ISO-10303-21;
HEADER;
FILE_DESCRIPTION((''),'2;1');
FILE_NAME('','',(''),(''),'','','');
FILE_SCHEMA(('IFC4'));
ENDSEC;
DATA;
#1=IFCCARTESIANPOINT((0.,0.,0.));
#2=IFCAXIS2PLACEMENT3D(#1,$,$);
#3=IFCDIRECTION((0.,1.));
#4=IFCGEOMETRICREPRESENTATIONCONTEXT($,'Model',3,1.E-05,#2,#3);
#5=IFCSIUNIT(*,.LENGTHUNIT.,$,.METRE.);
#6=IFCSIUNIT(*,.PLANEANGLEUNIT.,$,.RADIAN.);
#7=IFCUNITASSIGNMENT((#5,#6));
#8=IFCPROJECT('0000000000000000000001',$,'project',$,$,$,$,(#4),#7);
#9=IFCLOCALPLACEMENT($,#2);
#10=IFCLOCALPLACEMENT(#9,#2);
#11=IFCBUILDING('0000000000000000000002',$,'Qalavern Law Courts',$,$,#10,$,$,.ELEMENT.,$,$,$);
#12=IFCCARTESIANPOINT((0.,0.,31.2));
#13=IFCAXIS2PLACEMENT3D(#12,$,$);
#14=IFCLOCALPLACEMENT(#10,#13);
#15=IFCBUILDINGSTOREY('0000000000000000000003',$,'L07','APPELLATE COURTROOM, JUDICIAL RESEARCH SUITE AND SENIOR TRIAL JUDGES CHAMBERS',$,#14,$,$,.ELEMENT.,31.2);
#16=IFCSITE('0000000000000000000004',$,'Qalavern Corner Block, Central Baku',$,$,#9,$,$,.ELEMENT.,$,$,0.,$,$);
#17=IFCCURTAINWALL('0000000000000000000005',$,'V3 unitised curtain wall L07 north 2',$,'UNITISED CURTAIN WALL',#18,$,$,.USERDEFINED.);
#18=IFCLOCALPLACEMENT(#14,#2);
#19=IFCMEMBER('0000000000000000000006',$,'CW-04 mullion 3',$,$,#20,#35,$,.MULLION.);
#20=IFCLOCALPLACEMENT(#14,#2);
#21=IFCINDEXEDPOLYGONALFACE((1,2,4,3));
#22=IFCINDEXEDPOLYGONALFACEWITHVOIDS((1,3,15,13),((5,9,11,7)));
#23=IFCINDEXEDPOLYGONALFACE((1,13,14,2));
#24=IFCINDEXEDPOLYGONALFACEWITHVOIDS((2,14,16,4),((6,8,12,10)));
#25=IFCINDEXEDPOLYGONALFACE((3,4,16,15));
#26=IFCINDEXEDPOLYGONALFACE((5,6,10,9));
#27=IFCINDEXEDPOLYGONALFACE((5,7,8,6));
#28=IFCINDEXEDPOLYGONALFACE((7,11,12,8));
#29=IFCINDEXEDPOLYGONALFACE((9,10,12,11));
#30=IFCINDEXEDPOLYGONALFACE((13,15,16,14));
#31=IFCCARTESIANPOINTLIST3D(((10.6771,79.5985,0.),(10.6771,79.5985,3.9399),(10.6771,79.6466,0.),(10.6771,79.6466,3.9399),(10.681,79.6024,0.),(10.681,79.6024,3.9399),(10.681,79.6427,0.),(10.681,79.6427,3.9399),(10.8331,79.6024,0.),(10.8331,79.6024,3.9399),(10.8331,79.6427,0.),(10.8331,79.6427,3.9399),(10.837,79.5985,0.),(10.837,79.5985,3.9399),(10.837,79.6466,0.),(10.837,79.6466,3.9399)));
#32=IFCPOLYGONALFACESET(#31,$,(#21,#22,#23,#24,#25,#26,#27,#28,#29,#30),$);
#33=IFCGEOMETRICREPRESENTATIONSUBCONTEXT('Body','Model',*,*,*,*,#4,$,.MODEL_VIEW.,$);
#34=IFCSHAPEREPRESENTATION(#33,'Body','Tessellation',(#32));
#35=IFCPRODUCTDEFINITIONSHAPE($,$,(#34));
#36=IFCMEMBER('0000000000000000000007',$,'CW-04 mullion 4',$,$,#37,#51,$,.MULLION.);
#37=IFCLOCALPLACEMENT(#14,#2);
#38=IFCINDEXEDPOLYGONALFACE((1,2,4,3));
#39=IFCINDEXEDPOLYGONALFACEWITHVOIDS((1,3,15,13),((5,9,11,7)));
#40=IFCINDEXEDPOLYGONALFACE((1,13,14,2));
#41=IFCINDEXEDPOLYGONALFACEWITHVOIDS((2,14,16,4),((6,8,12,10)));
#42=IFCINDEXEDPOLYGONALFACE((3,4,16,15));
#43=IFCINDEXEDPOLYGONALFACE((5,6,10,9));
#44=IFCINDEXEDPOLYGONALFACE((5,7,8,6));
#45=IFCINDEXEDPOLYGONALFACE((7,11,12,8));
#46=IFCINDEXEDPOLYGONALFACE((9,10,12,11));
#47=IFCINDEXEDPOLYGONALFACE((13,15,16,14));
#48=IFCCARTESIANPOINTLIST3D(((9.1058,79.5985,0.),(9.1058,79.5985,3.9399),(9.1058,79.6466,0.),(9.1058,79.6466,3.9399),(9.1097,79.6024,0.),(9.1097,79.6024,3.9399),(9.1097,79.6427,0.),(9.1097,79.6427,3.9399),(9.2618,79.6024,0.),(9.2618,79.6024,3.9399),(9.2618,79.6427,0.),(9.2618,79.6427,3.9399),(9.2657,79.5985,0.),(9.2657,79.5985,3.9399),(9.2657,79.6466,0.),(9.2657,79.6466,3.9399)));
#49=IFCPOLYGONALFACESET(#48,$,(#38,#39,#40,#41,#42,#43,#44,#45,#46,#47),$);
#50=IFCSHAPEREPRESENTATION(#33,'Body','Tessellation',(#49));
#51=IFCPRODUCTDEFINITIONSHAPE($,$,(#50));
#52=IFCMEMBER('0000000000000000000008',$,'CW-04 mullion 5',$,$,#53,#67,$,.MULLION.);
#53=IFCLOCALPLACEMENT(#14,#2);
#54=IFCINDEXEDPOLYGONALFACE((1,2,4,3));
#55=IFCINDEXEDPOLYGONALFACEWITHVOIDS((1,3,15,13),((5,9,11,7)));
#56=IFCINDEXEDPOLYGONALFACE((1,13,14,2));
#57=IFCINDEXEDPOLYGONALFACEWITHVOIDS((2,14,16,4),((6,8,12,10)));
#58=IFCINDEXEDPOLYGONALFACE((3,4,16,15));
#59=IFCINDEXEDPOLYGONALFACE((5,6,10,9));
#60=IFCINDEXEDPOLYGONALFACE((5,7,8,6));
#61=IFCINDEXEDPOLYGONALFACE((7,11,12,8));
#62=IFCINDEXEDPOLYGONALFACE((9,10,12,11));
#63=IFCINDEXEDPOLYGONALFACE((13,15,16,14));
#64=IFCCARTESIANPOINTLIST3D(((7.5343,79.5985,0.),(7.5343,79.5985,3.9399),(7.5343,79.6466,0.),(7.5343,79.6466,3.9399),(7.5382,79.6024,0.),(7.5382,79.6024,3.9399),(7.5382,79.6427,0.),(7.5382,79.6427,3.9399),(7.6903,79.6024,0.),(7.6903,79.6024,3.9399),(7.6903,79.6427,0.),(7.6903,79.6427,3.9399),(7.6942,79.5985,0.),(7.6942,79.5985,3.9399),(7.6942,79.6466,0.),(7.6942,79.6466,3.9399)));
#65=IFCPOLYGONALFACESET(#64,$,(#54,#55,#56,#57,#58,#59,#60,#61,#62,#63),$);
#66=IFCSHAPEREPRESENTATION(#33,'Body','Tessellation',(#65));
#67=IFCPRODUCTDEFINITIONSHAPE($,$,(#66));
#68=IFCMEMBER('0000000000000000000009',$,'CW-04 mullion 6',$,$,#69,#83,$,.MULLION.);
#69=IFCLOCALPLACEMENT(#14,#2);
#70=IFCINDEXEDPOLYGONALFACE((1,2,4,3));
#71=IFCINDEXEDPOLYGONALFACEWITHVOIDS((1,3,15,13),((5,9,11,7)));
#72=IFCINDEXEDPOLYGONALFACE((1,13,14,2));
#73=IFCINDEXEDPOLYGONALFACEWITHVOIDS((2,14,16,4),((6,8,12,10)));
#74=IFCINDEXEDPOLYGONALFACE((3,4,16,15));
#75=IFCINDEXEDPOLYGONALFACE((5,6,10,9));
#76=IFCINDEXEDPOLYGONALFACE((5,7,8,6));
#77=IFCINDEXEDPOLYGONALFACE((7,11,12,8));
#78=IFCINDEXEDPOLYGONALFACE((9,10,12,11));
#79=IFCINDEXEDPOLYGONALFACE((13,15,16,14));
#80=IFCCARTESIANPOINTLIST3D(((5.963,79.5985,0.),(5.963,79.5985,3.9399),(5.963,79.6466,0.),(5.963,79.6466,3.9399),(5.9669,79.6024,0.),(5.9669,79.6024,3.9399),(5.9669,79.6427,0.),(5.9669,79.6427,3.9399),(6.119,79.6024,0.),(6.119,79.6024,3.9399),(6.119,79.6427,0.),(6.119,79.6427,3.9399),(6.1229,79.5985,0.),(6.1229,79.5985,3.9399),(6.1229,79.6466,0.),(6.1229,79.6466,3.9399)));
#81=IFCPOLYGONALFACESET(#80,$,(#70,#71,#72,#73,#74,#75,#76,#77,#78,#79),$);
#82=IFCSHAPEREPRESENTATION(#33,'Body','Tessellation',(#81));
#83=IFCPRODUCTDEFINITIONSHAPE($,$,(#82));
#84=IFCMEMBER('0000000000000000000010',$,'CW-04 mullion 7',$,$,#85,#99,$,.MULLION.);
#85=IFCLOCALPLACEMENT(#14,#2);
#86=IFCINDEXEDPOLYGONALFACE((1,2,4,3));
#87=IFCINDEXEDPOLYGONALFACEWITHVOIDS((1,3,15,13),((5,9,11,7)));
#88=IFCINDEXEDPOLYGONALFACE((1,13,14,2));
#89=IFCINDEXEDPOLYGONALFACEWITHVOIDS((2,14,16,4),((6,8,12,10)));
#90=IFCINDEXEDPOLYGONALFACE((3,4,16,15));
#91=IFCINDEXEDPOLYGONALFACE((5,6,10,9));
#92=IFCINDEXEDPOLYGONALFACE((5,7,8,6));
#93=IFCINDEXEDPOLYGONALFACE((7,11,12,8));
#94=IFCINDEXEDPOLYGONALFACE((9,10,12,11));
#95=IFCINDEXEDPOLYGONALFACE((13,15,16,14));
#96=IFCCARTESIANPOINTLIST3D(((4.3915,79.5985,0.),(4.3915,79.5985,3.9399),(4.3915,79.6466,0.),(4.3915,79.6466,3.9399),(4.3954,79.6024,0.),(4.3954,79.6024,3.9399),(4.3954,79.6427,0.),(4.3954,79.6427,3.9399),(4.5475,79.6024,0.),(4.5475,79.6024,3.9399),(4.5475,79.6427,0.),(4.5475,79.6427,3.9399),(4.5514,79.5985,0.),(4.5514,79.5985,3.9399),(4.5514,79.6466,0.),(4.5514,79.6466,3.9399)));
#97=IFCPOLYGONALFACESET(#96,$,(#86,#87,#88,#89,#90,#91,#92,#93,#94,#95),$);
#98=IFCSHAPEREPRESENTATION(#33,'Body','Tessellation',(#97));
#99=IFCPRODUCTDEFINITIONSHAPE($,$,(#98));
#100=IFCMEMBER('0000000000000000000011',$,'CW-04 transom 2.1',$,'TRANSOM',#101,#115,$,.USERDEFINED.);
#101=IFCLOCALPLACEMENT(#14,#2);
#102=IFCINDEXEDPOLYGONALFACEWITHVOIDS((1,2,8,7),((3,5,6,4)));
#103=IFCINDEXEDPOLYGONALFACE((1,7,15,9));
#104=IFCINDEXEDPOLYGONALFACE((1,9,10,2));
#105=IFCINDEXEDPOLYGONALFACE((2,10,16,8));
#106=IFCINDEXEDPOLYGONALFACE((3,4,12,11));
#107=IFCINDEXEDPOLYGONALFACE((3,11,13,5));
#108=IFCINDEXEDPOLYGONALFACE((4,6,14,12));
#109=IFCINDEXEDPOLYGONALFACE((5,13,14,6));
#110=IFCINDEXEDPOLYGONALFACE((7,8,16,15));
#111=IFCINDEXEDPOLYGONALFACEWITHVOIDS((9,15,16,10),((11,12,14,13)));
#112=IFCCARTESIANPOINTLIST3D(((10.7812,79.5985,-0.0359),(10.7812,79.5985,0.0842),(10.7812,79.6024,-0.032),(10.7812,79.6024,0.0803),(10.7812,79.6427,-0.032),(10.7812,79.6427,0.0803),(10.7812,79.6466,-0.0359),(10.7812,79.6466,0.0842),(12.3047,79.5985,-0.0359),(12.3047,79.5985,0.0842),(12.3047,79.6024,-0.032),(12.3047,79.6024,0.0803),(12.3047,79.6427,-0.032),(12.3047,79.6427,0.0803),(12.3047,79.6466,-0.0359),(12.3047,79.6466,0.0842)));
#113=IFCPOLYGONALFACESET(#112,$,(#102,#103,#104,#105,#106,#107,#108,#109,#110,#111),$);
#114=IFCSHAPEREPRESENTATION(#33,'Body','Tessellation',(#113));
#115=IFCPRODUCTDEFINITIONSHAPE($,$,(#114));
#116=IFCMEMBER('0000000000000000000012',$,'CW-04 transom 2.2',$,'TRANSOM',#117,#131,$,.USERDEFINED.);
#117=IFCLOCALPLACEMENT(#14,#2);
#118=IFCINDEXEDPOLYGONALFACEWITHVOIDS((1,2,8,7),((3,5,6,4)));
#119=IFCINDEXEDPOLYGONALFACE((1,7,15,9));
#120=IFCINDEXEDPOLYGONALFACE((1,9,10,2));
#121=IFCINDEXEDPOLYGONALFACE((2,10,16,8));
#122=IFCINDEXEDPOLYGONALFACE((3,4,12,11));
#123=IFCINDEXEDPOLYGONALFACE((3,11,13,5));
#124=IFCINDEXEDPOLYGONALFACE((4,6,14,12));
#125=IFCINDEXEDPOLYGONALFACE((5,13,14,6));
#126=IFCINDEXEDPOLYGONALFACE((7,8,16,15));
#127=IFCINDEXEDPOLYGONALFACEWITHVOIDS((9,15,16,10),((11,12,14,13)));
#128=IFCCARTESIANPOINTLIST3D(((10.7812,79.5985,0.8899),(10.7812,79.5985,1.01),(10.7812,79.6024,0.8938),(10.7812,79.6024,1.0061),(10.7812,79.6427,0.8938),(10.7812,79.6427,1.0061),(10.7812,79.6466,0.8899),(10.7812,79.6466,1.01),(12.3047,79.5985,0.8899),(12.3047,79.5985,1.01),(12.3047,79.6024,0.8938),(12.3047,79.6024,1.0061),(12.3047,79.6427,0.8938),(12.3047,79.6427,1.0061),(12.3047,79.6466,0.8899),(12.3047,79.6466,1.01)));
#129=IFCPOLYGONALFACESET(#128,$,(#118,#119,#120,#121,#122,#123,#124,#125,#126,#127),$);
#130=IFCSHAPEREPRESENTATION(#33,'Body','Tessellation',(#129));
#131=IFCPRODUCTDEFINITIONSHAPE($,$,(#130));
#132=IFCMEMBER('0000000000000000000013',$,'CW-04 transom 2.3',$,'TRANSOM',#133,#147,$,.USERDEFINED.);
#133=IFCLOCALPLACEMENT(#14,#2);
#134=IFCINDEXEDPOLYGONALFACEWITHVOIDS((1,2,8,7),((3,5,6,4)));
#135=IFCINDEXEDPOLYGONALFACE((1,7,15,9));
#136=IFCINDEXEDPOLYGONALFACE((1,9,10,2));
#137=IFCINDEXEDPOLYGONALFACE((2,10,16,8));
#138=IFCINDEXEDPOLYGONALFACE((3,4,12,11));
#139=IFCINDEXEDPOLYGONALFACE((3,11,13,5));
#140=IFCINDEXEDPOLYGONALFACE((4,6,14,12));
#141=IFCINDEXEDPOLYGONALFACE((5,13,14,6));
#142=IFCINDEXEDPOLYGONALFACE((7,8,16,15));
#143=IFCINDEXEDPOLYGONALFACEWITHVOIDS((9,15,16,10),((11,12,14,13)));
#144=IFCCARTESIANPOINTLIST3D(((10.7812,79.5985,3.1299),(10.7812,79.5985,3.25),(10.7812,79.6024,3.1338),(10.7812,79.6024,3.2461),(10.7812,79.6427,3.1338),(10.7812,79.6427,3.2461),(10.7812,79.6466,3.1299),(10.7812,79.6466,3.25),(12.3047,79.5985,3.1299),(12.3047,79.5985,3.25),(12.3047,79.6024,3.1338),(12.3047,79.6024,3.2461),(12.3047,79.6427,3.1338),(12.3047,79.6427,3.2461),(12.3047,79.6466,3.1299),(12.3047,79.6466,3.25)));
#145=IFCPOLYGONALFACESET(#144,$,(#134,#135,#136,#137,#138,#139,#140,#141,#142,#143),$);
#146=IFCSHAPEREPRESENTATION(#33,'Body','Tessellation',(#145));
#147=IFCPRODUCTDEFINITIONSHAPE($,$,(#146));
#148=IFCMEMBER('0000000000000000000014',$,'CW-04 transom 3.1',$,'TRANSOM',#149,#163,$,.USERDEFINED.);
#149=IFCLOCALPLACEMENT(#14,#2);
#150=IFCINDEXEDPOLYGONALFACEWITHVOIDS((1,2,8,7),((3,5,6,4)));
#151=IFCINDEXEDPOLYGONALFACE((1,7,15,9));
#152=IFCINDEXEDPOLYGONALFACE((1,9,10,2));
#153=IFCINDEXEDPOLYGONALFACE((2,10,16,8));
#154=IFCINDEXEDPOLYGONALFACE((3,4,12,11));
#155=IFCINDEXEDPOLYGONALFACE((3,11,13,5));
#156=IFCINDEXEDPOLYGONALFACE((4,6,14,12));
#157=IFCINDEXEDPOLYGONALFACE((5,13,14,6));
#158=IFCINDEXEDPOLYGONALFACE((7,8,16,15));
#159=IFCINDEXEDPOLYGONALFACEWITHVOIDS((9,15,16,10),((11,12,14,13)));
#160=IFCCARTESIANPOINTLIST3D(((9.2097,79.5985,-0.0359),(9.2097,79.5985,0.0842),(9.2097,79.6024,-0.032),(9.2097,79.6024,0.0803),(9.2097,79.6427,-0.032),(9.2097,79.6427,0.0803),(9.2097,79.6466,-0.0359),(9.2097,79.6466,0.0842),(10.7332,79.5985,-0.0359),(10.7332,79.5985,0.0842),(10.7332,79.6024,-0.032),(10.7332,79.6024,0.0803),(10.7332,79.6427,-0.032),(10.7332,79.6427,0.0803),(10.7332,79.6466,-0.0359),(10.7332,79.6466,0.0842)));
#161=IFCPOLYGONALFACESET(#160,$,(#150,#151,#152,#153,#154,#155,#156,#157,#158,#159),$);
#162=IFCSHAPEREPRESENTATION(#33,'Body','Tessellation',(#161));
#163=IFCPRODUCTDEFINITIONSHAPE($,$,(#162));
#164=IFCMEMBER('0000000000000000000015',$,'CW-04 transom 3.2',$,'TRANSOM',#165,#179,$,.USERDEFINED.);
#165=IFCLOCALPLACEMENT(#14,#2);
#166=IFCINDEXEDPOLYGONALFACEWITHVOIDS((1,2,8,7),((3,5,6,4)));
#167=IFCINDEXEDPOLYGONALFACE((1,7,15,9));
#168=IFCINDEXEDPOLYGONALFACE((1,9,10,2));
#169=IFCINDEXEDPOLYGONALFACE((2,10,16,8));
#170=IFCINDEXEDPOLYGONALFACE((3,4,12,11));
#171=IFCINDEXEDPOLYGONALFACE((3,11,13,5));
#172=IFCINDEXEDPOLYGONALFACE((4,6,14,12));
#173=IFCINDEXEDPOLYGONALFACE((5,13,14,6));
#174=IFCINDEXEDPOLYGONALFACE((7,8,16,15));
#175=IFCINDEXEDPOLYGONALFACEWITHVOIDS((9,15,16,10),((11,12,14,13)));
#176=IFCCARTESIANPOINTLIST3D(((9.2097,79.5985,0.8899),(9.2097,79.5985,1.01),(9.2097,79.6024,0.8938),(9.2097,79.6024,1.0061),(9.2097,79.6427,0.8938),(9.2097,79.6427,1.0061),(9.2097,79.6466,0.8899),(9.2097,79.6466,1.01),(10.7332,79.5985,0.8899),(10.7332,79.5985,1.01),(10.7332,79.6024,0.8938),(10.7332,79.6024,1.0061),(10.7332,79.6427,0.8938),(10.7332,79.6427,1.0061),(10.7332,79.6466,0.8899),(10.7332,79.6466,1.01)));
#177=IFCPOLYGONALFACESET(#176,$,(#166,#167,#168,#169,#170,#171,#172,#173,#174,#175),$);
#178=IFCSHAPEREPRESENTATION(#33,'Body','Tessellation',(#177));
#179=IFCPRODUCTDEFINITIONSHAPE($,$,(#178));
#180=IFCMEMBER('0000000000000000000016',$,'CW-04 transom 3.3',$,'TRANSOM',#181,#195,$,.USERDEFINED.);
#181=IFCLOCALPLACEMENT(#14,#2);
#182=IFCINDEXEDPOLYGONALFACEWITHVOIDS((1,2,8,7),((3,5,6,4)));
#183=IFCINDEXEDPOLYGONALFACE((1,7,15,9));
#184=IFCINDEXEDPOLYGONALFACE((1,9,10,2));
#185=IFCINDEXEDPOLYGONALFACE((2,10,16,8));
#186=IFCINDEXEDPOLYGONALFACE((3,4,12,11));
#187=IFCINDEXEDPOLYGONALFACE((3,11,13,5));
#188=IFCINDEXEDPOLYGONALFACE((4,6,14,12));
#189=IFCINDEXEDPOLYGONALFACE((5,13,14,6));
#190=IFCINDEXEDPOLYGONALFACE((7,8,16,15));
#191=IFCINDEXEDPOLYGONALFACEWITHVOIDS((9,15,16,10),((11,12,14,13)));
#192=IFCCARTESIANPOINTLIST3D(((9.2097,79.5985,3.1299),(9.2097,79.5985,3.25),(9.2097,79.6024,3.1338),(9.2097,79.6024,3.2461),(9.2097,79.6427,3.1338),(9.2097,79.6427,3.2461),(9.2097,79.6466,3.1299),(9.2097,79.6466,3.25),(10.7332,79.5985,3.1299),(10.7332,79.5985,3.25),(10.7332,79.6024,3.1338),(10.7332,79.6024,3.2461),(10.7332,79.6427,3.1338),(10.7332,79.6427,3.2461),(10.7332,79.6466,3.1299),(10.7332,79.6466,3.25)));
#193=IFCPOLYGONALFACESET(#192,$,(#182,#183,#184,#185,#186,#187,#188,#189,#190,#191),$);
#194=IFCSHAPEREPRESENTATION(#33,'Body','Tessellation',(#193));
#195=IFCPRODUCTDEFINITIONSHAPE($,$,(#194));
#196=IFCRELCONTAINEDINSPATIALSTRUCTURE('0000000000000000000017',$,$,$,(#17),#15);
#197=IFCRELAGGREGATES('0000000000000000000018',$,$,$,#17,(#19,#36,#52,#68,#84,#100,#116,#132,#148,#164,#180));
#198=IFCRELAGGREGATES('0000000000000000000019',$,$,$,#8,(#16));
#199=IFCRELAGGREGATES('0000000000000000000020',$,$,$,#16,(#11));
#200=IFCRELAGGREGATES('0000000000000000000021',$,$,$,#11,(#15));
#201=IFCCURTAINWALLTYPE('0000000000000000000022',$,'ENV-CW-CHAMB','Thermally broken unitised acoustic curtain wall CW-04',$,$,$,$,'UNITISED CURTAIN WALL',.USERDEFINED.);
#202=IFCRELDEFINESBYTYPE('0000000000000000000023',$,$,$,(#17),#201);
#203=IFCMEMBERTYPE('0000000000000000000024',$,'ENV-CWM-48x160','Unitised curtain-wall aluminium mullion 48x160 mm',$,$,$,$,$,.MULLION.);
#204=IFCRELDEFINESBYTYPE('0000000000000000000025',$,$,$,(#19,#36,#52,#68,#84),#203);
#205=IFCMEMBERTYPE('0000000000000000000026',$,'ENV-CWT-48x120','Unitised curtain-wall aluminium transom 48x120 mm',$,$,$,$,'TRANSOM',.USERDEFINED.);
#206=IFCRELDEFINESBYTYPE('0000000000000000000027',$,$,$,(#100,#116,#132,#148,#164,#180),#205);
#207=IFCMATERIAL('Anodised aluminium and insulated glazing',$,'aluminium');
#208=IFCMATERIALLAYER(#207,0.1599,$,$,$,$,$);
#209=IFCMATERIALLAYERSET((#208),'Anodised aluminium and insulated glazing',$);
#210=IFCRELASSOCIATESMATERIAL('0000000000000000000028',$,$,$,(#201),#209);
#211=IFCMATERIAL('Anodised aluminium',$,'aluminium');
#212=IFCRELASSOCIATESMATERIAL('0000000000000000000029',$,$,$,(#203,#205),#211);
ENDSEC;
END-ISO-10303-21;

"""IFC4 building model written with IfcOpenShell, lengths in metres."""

from ifc_helpers import new_model, si_unit, direction, frame, origin, origin_2d, place, context, subcontext, project, spatial, hollow_rectangle, extrude, material, layer, layer_set, material_profile, profile_set, type_object, element, aggregate, save


model = new_model("IFC4")

# Units and contexts
model_context = context("Model", 3, precision=1e-05, world=origin(), true_north=direction((0.0, 1.0)))
body_context = subcontext(model_context, "Body", "Model", "MODEL_VIEW")
ifc_project = project(units=[si_unit("LENGTHUNIT", "METRE"), si_unit("PLANEANGLEUNIT", "RADIAN")], contexts=[model_context])

# Site, building, storey
site_placement = place(None, origin())
site = spatial("IfcSite", under=ifc_project, at=site_placement, Name="Qalavern Corner Block, Central Baku", CompositionType="ELEMENT", RefElevation=0.0)
building_placement = place(site_placement, origin())
building = spatial("IfcBuilding", under=site, at=building_placement, Name="Qalavern Law Courts", CompositionType="ELEMENT")
storey_placement = place(building_placement, frame((0.0, 0.0, 31.2)))
storey = spatial("IfcBuildingStorey", under=building, at=storey_placement, Name="L07", Description="APPELLATE COURTROOM, JUDICIAL RESEARCH SUITE AND SENIOR TRIAL JUDGES CHAMBERS", CompositionType="ELEMENT", Elevation=31.2)

# Curtain wall, members
ifc_material_1 = material(Name="Anodised aluminium and insulated glazing", Category="aluminium")
ifc_layer_1 = layer(ifc_material_1, 0.1599)
ifc_layer_set_1 = layer_set([ifc_layer_1], Name="Anodised aluminium and insulated glazing")
curtain_wall_type = type_object("IfcCurtainWallType", Name="ENV-CW-CHAMB", Description="Thermally broken unitised acoustic curtain wall CW-04", ElementType="UNITISED CURTAIN WALL", PredefinedType="USERDEFINED", material=ifc_layer_set_1)
curtain_wall_placement = place(storey_placement, origin())
curtain_wall = element("IfcCurtainWall", 1, at=curtain_wall_placement, inside=storey, type_object=curtain_wall_type, Name="V3 unitised curtain wall L07 north 2", ObjectType="UNITISED CURTAIN WALL", PredefinedType="USERDEFINED")
ifc_material_2 = material(Name="Anodised aluminium", Category="aluminium")
ifc_material_profile_1 = material_profile(ifc_material_2, hollow_rectangle(XDim=0.0481, YDim=0.1599, WallThickness=0.0039, at=origin_2d()), Name="ALU MULLION 48x160")
ifc_profile_set_1 = profile_set([ifc_material_profile_1], Name="Anodised aluminium")
member_type_1 = type_object("IfcMemberType", Name="ENV-CWM-48x160", Description="Unitised curtain-wall aluminium mullion 48x160 mm", PredefinedType="MULLION", material=ifc_profile_set_1)
member_1_placement = place(storey_placement, frame((10.7571, 79.6226, 0.0), z_axis=(0.0, 0.0, 1.0), x_axis=(0.0, -1.0, 0.0)))
member_1 = element("IfcMember", 2, at=member_1_placement, type_object=member_type_1, Name="CW-04 mullion 3", PredefinedType="MULLION", context=body_context, shape_type="SweptSolid", body=[
    extrude(hollow_rectangle(XDim=0.0481, YDim=0.1599, WallThickness=0.0039, at=origin_2d()), origin(), (0.0, 0.0, 1.0), 3.9399),
])
member_2_placement = place(storey_placement, frame((9.1858, 79.6226, 0.0), z_axis=(0.0, 0.0, 1.0), x_axis=(0.0, -1.0, 0.0)))
member_2 = element("IfcMember", 3, at=member_2_placement, type_object=member_type_1, Name="CW-04 mullion 4", PredefinedType="MULLION", context=body_context, shape_type="SweptSolid", body=[
    extrude(hollow_rectangle(XDim=0.0481, YDim=0.1599, WallThickness=0.0039, at=origin_2d()), origin(), (0.0, 0.0, 1.0), 3.9399),
])
member_3_placement = place(storey_placement, frame((7.6143, 79.6226, 0.0), z_axis=(0.0, 0.0, 1.0), x_axis=(0.0, -1.0, 0.0)))
member_3 = element("IfcMember", 4, at=member_3_placement, type_object=member_type_1, Name="CW-04 mullion 5", PredefinedType="MULLION", context=body_context, shape_type="SweptSolid", body=[
    extrude(hollow_rectangle(XDim=0.0481, YDim=0.1599, WallThickness=0.0039, at=origin_2d()), origin(), (0.0, 0.0, 1.0), 3.9399),
])
member_4_placement = place(storey_placement, frame((6.043, 79.6226, 0.0), z_axis=(0.0, 0.0, 1.0), x_axis=(0.0, -1.0, 0.0)))
member_4 = element("IfcMember", 5, at=member_4_placement, type_object=member_type_1, Name="CW-04 mullion 6", PredefinedType="MULLION", context=body_context, shape_type="SweptSolid", body=[
    extrude(hollow_rectangle(XDim=0.0481, YDim=0.1599, WallThickness=0.0039, at=origin_2d()), origin(), (0.0, 0.0, 1.0), 3.9399),
])
member_5_placement = place(storey_placement, frame((4.4714, 79.6226, 0.0), z_axis=(0.0, 0.0, 1.0), x_axis=(0.0, -1.0, 0.0)))
member_5 = element("IfcMember", 6, at=member_5_placement, type_object=member_type_1, Name="CW-04 mullion 7", PredefinedType="MULLION", context=body_context, shape_type="SweptSolid", body=[
    extrude(hollow_rectangle(XDim=0.0481, YDim=0.1599, WallThickness=0.0039, at=origin_2d()), origin(), (0.0, 0.0, 1.0), 3.9399),
])
ifc_material_profile_2 = material_profile(ifc_material_2, hollow_rectangle(XDim=0.0481, YDim=0.1201, WallThickness=0.0039, at=origin_2d()), Name="ALU TRANSOM 48x120")
ifc_profile_set_2 = profile_set([ifc_material_profile_2], Name="Anodised aluminium")
member_type_2 = type_object("IfcMemberType", Name="ENV-CWT-48x120", Description="Unitised curtain-wall aluminium transom 48x120 mm", ElementType="TRANSOM", PredefinedType="USERDEFINED", material=ifc_profile_set_2)
member_6_placement = place(storey_placement, frame((12.3047, 79.6226, 0.0242), z_axis=(-1.0, 0.0, 0.0), x_axis=(0.0, -1.0, 0.0)))
member_6 = element("IfcMember", 7, at=member_6_placement, type_object=member_type_2, Name="CW-04 transom 2.1", ObjectType="TRANSOM", PredefinedType="USERDEFINED", context=body_context, shape_type="SweptSolid", body=[
    extrude(hollow_rectangle(XDim=0.0481, YDim=0.1201, WallThickness=0.0039, at=origin_2d()), origin(), (0.0, 0.0, 1.0), 1.5234),
])
member_7_placement = place(storey_placement, frame((12.3047, 79.6226, 0.95), z_axis=(-1.0, 0.0, 0.0), x_axis=(0.0, -1.0, 0.0)))
member_7 = element("IfcMember", 8, at=member_7_placement, type_object=member_type_2, Name="CW-04 transom 2.2", ObjectType="TRANSOM", PredefinedType="USERDEFINED", context=body_context, shape_type="SweptSolid", body=[
    extrude(hollow_rectangle(XDim=0.0481, YDim=0.1201, WallThickness=0.0039, at=origin_2d()), origin(), (0.0, 0.0, 1.0), 1.5234),
])
member_8_placement = place(storey_placement, frame((12.3047, 79.6226, 3.1899), z_axis=(-1.0, 0.0, 0.0), x_axis=(0.0, -1.0, 0.0)))
member_8 = element("IfcMember", 9, at=member_8_placement, type_object=member_type_2, Name="CW-04 transom 2.3", ObjectType="TRANSOM", PredefinedType="USERDEFINED", context=body_context, shape_type="SweptSolid", body=[
    extrude(hollow_rectangle(XDim=0.0481, YDim=0.1201, WallThickness=0.0039, at=origin_2d()), origin(), (0.0, 0.0, 1.0), 1.5234),
])
member_9_placement = place(storey_placement, frame((10.7332, 79.6226, 0.0242), z_axis=(-1.0, 0.0, 0.0), x_axis=(0.0, -1.0, 0.0)))
member_9 = element("IfcMember", 10, at=member_9_placement, type_object=member_type_2, Name="CW-04 transom 3.1", ObjectType="TRANSOM", PredefinedType="USERDEFINED", context=body_context, shape_type="SweptSolid", body=[
    extrude(hollow_rectangle(XDim=0.0481, YDim=0.1201, WallThickness=0.0039, at=origin_2d()), origin(), (0.0, 0.0, 1.0), 1.5234),
])
member_10_placement = place(storey_placement, frame((10.7332, 79.6226, 0.95), z_axis=(-1.0, 0.0, 0.0), x_axis=(0.0, -1.0, 0.0)))
member_10 = element("IfcMember", 11, at=member_10_placement, type_object=member_type_2, Name="CW-04 transom 3.2", ObjectType="TRANSOM", PredefinedType="USERDEFINED", context=body_context, shape_type="SweptSolid", body=[
    extrude(hollow_rectangle(XDim=0.0481, YDim=0.1201, WallThickness=0.0039, at=origin_2d()), origin(), (0.0, 0.0, 1.0), 1.5234),
])
member_11_placement = place(storey_placement, frame((10.7332, 79.6226, 3.1899), z_axis=(-1.0, 0.0, 0.0), x_axis=(0.0, -1.0, 0.0)))
member_11 = element("IfcMember", 12, at=member_11_placement, type_object=member_type_2, Name="CW-04 transom 3.3", ObjectType="TRANSOM", PredefinedType="USERDEFINED", context=body_context, shape_type="SweptSolid", body=[
    extrude(hollow_rectangle(XDim=0.0481, YDim=0.1201, WallThickness=0.0039, at=origin_2d()), origin(), (0.0, 0.0, 1.0), 1.5234),
])
aggregate(curtain_wall, [member_1, member_2, member_3, member_4, member_5, member_6, member_7, member_8, member_9, member_10, member_11])

save(model, "model.ifc")
